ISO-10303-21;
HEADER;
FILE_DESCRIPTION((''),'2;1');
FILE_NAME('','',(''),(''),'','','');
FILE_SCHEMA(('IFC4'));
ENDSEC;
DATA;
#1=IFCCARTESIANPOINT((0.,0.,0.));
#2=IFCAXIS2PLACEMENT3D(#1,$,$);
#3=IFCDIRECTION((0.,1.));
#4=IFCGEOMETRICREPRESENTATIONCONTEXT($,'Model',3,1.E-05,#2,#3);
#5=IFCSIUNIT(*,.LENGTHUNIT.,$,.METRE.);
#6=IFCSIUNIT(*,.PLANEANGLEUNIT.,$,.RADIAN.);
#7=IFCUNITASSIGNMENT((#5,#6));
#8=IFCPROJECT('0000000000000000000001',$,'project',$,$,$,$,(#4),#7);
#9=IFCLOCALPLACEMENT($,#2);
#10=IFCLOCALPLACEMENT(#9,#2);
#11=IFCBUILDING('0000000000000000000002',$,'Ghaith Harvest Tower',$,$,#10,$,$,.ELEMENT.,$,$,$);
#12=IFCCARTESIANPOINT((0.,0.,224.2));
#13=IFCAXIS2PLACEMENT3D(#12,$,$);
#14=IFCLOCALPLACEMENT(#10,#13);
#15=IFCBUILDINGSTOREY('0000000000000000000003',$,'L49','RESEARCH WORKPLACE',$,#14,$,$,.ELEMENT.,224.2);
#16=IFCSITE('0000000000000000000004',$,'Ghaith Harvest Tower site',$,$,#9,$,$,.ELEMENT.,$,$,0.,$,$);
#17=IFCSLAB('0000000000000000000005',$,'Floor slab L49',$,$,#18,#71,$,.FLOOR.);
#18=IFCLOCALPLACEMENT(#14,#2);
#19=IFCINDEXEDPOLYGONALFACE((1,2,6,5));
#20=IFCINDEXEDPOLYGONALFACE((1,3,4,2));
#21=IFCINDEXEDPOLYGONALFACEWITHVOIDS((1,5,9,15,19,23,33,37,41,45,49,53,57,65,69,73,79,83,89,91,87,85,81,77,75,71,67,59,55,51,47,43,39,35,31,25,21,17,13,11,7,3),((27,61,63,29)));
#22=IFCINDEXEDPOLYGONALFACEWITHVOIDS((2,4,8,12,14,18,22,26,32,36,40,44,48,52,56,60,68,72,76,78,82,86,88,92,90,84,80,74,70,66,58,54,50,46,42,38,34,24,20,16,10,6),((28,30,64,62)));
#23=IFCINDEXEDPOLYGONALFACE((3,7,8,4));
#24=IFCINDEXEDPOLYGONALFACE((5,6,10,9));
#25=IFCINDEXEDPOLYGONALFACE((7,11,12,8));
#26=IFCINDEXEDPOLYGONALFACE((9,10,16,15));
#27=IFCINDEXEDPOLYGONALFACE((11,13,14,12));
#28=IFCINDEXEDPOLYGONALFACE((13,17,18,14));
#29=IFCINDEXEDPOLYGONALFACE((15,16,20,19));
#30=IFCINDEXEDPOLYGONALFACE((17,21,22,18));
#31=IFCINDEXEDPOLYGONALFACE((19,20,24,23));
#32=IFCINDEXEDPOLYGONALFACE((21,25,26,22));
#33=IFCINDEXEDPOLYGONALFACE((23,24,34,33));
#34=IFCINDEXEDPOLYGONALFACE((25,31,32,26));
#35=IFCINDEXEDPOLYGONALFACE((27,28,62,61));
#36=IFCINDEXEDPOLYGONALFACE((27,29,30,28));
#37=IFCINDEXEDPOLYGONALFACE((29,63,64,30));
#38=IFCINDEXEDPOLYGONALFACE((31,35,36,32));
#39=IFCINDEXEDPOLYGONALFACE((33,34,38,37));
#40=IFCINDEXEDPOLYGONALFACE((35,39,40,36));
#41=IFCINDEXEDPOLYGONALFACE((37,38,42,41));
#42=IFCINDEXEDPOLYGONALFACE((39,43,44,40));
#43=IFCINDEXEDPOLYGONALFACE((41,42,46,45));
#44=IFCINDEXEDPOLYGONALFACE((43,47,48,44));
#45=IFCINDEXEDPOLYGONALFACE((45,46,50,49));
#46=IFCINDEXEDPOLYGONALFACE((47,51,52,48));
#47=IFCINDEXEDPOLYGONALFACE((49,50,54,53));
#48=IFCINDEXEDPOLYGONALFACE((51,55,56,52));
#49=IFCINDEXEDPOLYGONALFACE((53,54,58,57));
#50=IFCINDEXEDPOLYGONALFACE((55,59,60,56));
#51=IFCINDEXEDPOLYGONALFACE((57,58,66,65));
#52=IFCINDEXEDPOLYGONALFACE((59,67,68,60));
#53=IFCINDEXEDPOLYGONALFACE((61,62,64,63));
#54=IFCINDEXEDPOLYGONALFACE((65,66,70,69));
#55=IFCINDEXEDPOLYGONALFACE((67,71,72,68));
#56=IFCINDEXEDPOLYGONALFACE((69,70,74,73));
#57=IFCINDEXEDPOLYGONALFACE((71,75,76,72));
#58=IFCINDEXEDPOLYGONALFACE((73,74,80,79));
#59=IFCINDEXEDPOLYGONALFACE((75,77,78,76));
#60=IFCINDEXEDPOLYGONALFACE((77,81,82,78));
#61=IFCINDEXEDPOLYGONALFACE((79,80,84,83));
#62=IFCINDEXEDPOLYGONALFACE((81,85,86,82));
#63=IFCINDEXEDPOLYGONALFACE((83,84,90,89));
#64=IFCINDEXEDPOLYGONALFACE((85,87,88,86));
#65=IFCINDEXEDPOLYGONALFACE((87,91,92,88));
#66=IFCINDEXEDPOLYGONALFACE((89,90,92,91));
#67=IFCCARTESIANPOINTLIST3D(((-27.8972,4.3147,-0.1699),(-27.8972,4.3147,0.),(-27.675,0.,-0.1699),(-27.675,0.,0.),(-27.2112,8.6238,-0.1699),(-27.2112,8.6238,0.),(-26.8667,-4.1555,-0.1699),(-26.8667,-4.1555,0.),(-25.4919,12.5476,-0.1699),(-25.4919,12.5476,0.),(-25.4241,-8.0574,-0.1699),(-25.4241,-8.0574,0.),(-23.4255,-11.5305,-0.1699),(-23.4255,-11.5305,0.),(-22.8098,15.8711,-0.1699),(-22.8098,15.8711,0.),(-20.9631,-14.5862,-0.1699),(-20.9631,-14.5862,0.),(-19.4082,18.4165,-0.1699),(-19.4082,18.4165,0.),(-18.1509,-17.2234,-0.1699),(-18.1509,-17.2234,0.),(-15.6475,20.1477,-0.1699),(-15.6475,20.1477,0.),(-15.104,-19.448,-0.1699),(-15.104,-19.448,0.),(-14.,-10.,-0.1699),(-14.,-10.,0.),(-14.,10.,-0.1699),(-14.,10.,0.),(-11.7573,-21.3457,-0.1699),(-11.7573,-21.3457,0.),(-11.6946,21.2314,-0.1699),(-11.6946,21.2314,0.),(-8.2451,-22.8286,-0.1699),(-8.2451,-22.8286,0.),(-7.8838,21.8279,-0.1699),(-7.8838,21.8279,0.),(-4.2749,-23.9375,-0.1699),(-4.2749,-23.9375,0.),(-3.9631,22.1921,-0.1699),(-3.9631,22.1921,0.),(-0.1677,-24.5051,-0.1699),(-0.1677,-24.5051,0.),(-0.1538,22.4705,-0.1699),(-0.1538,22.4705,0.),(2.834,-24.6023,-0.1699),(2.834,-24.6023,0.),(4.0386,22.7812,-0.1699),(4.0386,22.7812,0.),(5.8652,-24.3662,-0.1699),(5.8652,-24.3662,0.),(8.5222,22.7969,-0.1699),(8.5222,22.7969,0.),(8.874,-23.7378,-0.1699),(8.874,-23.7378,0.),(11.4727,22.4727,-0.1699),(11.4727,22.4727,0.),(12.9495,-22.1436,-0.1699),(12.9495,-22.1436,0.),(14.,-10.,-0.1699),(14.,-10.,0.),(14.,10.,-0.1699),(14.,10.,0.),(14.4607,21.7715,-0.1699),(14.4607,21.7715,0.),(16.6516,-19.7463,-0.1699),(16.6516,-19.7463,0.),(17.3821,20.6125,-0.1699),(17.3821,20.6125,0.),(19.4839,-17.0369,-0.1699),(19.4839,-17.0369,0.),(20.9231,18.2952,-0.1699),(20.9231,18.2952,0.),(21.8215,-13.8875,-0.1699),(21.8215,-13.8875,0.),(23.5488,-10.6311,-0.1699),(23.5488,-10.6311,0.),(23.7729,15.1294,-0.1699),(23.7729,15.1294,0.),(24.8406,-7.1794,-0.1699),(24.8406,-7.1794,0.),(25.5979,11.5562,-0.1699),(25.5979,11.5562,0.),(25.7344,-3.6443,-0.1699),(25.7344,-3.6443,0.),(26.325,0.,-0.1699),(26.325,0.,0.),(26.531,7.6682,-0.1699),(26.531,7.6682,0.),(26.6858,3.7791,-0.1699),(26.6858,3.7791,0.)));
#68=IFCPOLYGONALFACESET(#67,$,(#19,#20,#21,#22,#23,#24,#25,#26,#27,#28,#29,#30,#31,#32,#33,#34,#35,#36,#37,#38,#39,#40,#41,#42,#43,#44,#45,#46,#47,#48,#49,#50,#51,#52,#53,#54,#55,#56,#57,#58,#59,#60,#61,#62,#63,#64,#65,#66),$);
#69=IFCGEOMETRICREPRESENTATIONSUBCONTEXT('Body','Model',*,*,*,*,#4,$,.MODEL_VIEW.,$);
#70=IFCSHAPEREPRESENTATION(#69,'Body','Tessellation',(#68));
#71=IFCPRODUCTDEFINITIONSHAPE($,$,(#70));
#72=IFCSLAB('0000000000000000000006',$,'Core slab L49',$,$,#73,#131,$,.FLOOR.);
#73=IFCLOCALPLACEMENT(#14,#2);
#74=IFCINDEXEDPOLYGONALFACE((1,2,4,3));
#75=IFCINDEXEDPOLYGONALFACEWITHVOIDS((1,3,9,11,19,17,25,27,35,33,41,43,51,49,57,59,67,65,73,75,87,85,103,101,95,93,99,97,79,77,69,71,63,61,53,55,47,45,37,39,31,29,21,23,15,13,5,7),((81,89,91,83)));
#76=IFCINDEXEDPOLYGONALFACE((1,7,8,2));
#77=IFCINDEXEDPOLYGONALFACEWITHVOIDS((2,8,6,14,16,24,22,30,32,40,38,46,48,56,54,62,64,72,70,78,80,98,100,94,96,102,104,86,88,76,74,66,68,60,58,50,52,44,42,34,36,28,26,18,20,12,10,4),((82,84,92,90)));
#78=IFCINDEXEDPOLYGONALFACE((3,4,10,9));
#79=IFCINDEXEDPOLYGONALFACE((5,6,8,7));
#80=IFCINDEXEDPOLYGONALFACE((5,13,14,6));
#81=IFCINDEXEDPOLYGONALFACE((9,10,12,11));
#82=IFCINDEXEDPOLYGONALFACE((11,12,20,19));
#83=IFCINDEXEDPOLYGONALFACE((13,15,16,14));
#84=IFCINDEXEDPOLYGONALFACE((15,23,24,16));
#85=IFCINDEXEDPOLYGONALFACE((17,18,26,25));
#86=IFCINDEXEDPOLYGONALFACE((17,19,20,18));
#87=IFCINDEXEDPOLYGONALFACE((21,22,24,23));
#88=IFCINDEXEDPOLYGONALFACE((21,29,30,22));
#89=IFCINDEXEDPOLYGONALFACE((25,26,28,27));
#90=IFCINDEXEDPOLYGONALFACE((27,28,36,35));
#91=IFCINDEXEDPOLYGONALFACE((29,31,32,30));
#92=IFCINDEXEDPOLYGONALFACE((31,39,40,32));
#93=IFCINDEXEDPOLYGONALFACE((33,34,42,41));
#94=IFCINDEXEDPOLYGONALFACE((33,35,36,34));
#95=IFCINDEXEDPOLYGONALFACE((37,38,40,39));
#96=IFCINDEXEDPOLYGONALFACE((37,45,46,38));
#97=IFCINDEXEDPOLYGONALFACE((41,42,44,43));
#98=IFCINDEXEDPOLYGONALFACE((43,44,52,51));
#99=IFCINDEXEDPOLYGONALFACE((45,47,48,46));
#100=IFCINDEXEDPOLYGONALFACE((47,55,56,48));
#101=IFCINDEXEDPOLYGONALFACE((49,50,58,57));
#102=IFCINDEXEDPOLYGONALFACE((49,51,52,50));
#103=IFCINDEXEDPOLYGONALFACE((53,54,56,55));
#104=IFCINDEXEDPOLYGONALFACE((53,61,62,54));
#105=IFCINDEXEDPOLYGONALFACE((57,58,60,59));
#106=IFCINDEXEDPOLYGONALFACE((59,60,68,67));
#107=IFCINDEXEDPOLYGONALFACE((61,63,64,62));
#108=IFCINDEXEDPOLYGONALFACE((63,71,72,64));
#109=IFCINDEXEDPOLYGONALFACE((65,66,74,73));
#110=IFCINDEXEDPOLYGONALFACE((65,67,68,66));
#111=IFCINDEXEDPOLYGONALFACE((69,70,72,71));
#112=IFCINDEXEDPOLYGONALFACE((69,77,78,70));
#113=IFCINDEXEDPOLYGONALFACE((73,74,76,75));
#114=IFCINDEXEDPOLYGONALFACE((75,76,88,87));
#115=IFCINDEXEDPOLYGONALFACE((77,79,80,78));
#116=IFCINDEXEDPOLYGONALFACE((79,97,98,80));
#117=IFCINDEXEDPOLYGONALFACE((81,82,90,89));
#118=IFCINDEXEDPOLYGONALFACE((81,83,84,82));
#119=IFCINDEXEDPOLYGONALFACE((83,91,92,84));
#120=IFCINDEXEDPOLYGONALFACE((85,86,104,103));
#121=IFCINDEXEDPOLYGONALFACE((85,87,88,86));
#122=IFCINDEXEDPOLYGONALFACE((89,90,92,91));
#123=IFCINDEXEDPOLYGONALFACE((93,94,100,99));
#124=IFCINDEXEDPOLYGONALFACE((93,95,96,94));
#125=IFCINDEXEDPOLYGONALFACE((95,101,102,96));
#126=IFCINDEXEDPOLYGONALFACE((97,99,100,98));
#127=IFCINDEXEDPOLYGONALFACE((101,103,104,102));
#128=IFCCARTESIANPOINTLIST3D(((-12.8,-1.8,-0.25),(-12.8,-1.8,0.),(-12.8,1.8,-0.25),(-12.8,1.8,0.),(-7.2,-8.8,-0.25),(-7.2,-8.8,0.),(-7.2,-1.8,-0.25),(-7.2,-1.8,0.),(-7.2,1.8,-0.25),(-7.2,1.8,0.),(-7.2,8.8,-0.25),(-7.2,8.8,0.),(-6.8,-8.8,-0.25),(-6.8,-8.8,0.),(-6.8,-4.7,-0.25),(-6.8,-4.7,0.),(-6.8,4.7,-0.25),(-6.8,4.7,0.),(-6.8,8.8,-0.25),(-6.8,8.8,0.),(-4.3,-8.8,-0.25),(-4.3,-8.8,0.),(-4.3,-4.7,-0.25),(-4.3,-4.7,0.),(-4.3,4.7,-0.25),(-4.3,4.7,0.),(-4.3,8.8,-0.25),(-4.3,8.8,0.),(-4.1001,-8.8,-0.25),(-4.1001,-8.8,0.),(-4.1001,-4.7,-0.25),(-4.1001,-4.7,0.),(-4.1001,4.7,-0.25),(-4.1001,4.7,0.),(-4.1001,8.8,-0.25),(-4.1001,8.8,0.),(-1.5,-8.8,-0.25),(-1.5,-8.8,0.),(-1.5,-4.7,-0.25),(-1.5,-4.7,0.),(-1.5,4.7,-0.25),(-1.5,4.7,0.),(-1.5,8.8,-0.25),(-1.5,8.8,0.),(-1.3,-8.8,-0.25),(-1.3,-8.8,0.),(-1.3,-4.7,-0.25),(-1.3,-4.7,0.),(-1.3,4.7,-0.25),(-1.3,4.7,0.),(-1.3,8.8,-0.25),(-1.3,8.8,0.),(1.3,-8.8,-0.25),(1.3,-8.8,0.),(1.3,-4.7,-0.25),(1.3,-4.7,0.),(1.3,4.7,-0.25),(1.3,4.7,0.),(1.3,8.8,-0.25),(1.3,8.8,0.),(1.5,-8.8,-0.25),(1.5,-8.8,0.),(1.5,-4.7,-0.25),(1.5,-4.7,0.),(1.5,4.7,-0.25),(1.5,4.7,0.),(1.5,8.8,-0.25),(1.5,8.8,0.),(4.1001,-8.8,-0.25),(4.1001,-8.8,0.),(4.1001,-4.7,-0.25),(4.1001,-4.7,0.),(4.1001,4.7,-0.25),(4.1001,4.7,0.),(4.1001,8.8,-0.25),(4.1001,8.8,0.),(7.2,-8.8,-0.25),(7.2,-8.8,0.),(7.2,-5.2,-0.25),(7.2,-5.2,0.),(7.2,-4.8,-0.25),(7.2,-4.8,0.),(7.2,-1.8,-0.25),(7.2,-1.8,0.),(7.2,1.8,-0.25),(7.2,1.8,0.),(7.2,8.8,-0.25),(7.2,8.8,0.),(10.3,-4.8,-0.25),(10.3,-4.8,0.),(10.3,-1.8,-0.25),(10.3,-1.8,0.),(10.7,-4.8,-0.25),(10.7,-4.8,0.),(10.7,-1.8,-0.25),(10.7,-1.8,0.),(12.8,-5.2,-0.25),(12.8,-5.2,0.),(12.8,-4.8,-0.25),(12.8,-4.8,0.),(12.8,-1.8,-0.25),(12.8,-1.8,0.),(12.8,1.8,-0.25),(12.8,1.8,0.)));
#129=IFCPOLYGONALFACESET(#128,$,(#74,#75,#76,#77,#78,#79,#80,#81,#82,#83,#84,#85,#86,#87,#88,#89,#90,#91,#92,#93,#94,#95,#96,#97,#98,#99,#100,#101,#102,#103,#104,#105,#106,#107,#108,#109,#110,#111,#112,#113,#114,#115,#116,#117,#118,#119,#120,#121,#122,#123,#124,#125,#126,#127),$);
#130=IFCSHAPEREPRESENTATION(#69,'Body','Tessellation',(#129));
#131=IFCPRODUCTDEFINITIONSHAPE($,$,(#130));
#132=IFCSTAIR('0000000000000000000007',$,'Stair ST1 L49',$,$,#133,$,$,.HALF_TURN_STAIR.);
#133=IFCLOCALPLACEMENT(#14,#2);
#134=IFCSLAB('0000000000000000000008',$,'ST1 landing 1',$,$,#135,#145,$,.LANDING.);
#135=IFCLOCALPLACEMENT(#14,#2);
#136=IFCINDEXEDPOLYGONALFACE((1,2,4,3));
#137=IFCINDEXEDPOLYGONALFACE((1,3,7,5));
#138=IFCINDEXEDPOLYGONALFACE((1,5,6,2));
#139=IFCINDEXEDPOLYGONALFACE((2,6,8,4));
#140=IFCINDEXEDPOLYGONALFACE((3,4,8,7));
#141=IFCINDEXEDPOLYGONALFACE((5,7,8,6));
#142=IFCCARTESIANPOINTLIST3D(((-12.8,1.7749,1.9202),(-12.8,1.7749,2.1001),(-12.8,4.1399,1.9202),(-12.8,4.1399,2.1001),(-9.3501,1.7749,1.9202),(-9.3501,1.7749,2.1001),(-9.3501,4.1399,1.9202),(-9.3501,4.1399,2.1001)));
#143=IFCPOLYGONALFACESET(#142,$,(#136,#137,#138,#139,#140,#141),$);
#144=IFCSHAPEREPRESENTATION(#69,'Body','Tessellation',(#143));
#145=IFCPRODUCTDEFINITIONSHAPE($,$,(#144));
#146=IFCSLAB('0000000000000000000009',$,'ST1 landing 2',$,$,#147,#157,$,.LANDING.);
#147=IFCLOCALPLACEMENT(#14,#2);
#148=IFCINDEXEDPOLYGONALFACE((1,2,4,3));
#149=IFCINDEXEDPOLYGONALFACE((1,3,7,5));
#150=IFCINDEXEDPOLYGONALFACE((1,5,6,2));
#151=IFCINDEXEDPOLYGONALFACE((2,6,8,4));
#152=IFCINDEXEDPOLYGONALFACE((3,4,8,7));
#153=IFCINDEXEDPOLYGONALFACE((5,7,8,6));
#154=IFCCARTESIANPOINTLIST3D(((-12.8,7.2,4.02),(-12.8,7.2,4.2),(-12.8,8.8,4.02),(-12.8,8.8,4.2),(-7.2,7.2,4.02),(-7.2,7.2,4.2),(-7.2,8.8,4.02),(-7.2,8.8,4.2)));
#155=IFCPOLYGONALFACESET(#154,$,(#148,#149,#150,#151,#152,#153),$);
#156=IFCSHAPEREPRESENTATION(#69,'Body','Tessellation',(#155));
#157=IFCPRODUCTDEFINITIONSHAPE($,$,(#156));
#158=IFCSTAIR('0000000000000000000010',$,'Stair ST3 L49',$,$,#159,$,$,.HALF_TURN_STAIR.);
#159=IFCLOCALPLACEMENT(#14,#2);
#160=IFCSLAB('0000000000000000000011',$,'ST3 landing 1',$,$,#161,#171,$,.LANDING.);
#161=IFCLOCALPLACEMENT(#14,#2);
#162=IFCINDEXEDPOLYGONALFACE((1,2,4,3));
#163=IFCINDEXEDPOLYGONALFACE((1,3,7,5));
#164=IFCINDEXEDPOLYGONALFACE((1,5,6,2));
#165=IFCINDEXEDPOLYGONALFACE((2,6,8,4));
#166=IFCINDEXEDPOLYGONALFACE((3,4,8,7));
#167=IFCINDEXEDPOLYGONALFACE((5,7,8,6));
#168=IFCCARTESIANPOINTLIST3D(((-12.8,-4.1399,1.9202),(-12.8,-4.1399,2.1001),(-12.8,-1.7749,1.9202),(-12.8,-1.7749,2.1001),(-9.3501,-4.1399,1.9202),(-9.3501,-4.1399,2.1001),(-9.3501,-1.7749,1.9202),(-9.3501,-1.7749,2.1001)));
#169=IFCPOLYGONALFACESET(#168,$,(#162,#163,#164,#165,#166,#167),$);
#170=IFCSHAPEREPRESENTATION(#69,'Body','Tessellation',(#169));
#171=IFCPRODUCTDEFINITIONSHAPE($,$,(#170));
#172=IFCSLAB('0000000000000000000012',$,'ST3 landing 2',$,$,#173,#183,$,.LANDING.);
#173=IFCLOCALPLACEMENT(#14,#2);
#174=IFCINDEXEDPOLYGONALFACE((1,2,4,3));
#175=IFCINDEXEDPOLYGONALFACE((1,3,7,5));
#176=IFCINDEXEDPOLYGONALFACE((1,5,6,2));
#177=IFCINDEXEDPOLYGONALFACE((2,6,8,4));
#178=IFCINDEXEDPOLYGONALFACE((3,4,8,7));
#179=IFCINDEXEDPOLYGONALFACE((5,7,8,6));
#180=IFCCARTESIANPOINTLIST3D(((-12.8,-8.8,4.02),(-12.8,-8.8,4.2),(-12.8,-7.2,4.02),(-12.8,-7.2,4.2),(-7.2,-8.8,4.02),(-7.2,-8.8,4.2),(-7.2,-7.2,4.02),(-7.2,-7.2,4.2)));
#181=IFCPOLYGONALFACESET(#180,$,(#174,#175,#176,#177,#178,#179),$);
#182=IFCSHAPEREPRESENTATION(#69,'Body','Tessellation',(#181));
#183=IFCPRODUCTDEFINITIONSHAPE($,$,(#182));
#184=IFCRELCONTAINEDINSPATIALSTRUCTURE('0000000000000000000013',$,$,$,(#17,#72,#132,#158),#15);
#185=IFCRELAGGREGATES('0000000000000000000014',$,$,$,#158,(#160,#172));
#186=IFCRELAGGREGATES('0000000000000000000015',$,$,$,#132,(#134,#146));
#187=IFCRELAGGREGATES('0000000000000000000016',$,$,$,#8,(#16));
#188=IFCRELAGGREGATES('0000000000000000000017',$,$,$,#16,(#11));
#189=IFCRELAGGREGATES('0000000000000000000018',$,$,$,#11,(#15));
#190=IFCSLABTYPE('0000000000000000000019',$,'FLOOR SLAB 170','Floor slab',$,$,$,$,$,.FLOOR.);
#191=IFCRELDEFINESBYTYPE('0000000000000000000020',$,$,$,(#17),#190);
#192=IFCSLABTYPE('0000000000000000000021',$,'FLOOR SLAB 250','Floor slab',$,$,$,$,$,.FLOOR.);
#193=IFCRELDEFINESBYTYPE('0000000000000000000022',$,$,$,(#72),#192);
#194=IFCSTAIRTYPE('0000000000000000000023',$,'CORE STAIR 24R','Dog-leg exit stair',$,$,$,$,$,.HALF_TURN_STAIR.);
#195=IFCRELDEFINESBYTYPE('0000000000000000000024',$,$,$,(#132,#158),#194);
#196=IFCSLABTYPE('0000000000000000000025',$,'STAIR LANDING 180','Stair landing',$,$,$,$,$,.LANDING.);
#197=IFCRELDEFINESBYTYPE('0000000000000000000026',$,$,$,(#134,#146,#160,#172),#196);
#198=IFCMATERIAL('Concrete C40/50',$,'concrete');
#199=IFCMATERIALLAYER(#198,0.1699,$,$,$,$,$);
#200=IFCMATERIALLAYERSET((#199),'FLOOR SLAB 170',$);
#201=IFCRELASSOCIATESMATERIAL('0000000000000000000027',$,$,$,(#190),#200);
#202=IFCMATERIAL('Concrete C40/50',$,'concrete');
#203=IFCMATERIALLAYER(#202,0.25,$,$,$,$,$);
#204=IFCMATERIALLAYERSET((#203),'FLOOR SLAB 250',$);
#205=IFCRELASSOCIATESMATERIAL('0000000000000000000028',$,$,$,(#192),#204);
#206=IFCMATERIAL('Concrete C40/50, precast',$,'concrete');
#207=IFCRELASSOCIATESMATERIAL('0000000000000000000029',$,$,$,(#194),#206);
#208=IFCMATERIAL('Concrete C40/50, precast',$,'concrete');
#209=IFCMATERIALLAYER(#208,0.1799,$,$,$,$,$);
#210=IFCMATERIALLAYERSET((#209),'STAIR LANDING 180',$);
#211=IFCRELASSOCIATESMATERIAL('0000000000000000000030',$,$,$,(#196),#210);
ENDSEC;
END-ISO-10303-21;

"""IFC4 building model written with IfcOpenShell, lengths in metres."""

from ifc_helpers import new_model, si_unit, direction, frame, origin, place, context, subcontext, project, spatial, polyline, outline, extrude, material, layer, layer_set, type_object, element, aggregate, save


model = new_model("IFC4")

# Units and contexts
model_context = context("Model", 3, precision=1e-05, world=origin(), true_north=direction((0.0, 1.0)))
body_context = subcontext(model_context, "Body", "Model", "MODEL_VIEW")
ifc_project = project(units=[si_unit("LENGTHUNIT", "METRE"), si_unit("PLANEANGLEUNIT", "RADIAN")], contexts=[model_context])

# Site, building, storey
site_placement = place(None, origin())
site = spatial("IfcSite", under=ifc_project, at=site_placement, Name="Ghaith Harvest Tower site", CompositionType="ELEMENT", RefElevation=0.0)
building_placement = place(site_placement, origin())
building = spatial("IfcBuilding", under=site, at=building_placement, Name="Ghaith Harvest Tower", CompositionType="ELEMENT")
storey_placement = place(building_placement, frame((0.0, 0.0, 224.2)))
storey = spatial("IfcBuildingStorey", under=building, at=storey_placement, Name="L49", Description="RESEARCH WORKPLACE", CompositionType="ELEMENT", Elevation=224.2)

# Slabs
ifc_material_1 = material(Name="Concrete C40/50", Category="concrete")
ifc_layer_1 = layer(ifc_material_1, 0.1699)
ifc_layer_set_1 = layer_set([ifc_layer_1], Name="FLOOR SLAB 170")
slab_type_1 = type_object("IfcSlabType", Name="FLOOR SLAB 170", Description="Floor slab", PredefinedType="FLOOR", material=ifc_layer_set_1)
slab_1_placement = place(storey_placement, frame((0.0, 0.0, -0.1699)))
element("IfcSlab", 1, at=slab_1_placement, inside=storey, type_object=slab_type_1, Name="Floor slab L49", PredefinedType="FLOOR", context=body_context, shape_type="SweptSolid", body=[
    extrude(outline(polyline([(26.325, 0.0), (26.6858, 3.7791), (26.531, 7.6682), (25.5979, 11.5562), (23.7729, 15.1294), (20.9231, 18.2952), (17.3821, 20.6125), (14.4607, 21.7715), (11.4727, 22.4727), (8.5222, 22.7969), (4.0386, 22.7812), (-0.1538, 22.4705), (-3.9631, 22.1921), (-7.8838, 21.8279), (-11.6946, 21.2314), (-15.6475, 20.1477), (-19.4082, 18.4165), (-22.8098, 15.8711), (-25.4919, 12.5476), (-27.2112, 8.6238), (-27.8972, 4.3147), (-27.675, 0.0), (-26.8667, -4.1555), (-25.4241, -8.0574), (-23.4255, -11.5305), (-20.9631, -14.5862), (-18.1509, -17.2234), (-15.104, -19.448), (-11.7573, -21.3457), (-8.2451, -22.8286), (-4.2749, -23.9375), (-0.1677, -24.5051), (2.834, -24.6023), (5.8652, -24.3662), (8.874, -23.7378), (12.9495, -22.1436), (16.6516, -19.7463), (19.4839, -17.0369), (21.8215, -13.8875), (23.5488, -10.6311), (24.8406, -7.1794), (25.7344, -3.6443), (26.325, 0.0)]), holes=[polyline([(-14.0, -10.0), (14.0, -10.0), (14.0, 10.0), (-14.0, 10.0), (-14.0, -10.0)])]), origin(), (0.0, 0.0, 1.0), 0.1699),
])
ifc_material_2 = material(Name="Concrete C40/50", Category="concrete")
ifc_layer_2 = layer(ifc_material_2, 0.25)
ifc_layer_set_2 = layer_set([ifc_layer_2], Name="FLOOR SLAB 250")
slab_type_2 = type_object("IfcSlabType", Name="FLOOR SLAB 250", Description="Floor slab", PredefinedType="FLOOR", material=ifc_layer_set_2)
slab_2_placement = place(storey_placement, frame((0.0, 0.0, -0.25)))
element("IfcSlab", 2, at=slab_2_placement, inside=storey, type_object=slab_type_2, Name="Core slab L49", PredefinedType="FLOOR", context=body_context, shape_type="SweptSolid", body=[
    extrude(outline(polyline([(-12.8, 1.8), (-7.2, 1.8), (-7.2, 8.8), (-6.8, 8.8), (-6.8, 4.7), (-4.3, 4.7), (-4.3, 8.8), (-4.1001, 8.8), (-4.1001, 4.7), (-1.5, 4.7), (-1.5, 8.8), (-1.3, 8.8), (-1.3, 4.7), (1.3, 4.7), (1.3, 8.8), (1.5, 8.8), (1.5, 4.7), (4.1001, 4.7), (4.1001, 8.8), (7.2, 8.8), (7.2, 1.8), (12.8, 1.8), (12.8, -1.8), (10.7, -1.8), (10.7, -4.8), (12.8, -4.8), (12.8, -5.2), (7.2, -5.2), (7.2, -8.8), (4.1001, -8.8), (4.1001, -4.7), (1.5, -4.7), (1.5, -8.8), (1.3, -8.8), (1.3, -4.7), (-1.3, -4.7), (-1.3, -8.8), (-1.5, -8.8), (-1.5, -4.7), (-4.1001, -4.7), (-4.1001, -8.8), (-4.3, -8.8), (-4.3, -4.7), (-6.8, -4.7), (-6.8, -8.8), (-7.2, -8.8), (-7.2, -1.8), (-12.8, -1.8), (-12.8, 1.8)]), holes=[polyline([(10.3, -4.8), (10.3, -1.8), (7.2, -1.8), (7.2, -4.8), (10.3, -4.8)])]), origin(), (0.0, 0.0, 1.0), 0.25),
])

# Stairs, slabs
ifc_material_3 = material(Name="Concrete C40/50, precast", Category="concrete")
stair_type = type_object("IfcStairType", Name="CORE STAIR 24R", Description="Dog-leg exit stair", PredefinedType="HALF_TURN_STAIR", material=ifc_material_3)
stair_1_placement = place(storey_placement, origin())
stair_1 = element("IfcStair", 3, at=stair_1_placement, inside=storey, type_object=stair_type, Name="Stair ST1 L49", PredefinedType="HALF_TURN_STAIR")
ifc_material_4 = material(Name="Concrete C40/50, precast", Category="concrete")
ifc_layer_3 = layer(ifc_material_4, 0.1799)
ifc_layer_set_3 = layer_set([ifc_layer_3], Name="STAIR LANDING 180")
slab_type_3 = type_object("IfcSlabType", Name="STAIR LANDING 180", Description="Stair landing", PredefinedType="LANDING", material=ifc_layer_set_3)
slab_3_placement = place(storey_placement, frame((0.0, 0.0, 1.9202)))
slab_3 = element("IfcSlab", 4, at=slab_3_placement, type_object=slab_type_3, Name="ST1 landing 1", PredefinedType="LANDING", context=body_context, shape_type="SweptSolid", body=[
    extrude(outline(polyline([(-12.8, 4.1399), (-12.8, 1.7749), (-9.3501, 1.7749), (-9.3501, 4.1399), (-12.8, 4.1399)])), origin(), (0.0, 0.0, 1.0), 0.1799),
])
slab_4_placement = place(storey_placement, frame((0.0, 0.0, 4.02)))
slab_4 = element("IfcSlab", 5, at=slab_4_placement, type_object=slab_type_3, Name="ST1 landing 2", PredefinedType="LANDING", context=body_context, shape_type="SweptSolid", body=[
    extrude(outline(polyline([(-12.8, 8.8), (-12.8, 7.2), (-7.2, 7.2), (-7.2, 8.8), (-12.8, 8.8)])), origin(), (0.0, 0.0, 1.0), 0.1799),
])
stair_2_placement = place(storey_placement, origin())
stair_2 = element("IfcStair", 6, at=stair_2_placement, inside=storey, type_object=stair_type, Name="Stair ST3 L49", PredefinedType="HALF_TURN_STAIR")
slab_5_placement = place(storey_placement, frame((0.0, 0.0, 1.9202)))
slab_5 = element("IfcSlab", 7, at=slab_5_placement, type_object=slab_type_3, Name="ST3 landing 1", PredefinedType="LANDING", context=body_context, shape_type="SweptSolid", body=[
    extrude(outline(polyline([(-12.8, -4.1399), (-12.8, -1.7749), (-9.3501, -1.7749), (-9.3501, -4.1399), (-12.8, -4.1399)])), origin(), (0.0, 0.0, 1.0), 0.1799),
])
slab_6_placement = place(storey_placement, frame((0.0, 0.0, 4.02)))
slab_6 = element("IfcSlab", 8, at=slab_6_placement, type_object=slab_type_3, Name="ST3 landing 2", PredefinedType="LANDING", context=body_context, shape_type="SweptSolid", body=[
    extrude(outline(polyline([(-12.8, -8.8), (-12.8, -7.2), (-7.2, -7.2), (-7.2, -8.8), (-12.8, -8.8)])), origin(), (0.0, 0.0, 1.0), 0.1799),
])
aggregate(stair_2, [slab_5, slab_6])

aggregate(stair_1, [slab_3, slab_4])

save(model, "model.ifc")
